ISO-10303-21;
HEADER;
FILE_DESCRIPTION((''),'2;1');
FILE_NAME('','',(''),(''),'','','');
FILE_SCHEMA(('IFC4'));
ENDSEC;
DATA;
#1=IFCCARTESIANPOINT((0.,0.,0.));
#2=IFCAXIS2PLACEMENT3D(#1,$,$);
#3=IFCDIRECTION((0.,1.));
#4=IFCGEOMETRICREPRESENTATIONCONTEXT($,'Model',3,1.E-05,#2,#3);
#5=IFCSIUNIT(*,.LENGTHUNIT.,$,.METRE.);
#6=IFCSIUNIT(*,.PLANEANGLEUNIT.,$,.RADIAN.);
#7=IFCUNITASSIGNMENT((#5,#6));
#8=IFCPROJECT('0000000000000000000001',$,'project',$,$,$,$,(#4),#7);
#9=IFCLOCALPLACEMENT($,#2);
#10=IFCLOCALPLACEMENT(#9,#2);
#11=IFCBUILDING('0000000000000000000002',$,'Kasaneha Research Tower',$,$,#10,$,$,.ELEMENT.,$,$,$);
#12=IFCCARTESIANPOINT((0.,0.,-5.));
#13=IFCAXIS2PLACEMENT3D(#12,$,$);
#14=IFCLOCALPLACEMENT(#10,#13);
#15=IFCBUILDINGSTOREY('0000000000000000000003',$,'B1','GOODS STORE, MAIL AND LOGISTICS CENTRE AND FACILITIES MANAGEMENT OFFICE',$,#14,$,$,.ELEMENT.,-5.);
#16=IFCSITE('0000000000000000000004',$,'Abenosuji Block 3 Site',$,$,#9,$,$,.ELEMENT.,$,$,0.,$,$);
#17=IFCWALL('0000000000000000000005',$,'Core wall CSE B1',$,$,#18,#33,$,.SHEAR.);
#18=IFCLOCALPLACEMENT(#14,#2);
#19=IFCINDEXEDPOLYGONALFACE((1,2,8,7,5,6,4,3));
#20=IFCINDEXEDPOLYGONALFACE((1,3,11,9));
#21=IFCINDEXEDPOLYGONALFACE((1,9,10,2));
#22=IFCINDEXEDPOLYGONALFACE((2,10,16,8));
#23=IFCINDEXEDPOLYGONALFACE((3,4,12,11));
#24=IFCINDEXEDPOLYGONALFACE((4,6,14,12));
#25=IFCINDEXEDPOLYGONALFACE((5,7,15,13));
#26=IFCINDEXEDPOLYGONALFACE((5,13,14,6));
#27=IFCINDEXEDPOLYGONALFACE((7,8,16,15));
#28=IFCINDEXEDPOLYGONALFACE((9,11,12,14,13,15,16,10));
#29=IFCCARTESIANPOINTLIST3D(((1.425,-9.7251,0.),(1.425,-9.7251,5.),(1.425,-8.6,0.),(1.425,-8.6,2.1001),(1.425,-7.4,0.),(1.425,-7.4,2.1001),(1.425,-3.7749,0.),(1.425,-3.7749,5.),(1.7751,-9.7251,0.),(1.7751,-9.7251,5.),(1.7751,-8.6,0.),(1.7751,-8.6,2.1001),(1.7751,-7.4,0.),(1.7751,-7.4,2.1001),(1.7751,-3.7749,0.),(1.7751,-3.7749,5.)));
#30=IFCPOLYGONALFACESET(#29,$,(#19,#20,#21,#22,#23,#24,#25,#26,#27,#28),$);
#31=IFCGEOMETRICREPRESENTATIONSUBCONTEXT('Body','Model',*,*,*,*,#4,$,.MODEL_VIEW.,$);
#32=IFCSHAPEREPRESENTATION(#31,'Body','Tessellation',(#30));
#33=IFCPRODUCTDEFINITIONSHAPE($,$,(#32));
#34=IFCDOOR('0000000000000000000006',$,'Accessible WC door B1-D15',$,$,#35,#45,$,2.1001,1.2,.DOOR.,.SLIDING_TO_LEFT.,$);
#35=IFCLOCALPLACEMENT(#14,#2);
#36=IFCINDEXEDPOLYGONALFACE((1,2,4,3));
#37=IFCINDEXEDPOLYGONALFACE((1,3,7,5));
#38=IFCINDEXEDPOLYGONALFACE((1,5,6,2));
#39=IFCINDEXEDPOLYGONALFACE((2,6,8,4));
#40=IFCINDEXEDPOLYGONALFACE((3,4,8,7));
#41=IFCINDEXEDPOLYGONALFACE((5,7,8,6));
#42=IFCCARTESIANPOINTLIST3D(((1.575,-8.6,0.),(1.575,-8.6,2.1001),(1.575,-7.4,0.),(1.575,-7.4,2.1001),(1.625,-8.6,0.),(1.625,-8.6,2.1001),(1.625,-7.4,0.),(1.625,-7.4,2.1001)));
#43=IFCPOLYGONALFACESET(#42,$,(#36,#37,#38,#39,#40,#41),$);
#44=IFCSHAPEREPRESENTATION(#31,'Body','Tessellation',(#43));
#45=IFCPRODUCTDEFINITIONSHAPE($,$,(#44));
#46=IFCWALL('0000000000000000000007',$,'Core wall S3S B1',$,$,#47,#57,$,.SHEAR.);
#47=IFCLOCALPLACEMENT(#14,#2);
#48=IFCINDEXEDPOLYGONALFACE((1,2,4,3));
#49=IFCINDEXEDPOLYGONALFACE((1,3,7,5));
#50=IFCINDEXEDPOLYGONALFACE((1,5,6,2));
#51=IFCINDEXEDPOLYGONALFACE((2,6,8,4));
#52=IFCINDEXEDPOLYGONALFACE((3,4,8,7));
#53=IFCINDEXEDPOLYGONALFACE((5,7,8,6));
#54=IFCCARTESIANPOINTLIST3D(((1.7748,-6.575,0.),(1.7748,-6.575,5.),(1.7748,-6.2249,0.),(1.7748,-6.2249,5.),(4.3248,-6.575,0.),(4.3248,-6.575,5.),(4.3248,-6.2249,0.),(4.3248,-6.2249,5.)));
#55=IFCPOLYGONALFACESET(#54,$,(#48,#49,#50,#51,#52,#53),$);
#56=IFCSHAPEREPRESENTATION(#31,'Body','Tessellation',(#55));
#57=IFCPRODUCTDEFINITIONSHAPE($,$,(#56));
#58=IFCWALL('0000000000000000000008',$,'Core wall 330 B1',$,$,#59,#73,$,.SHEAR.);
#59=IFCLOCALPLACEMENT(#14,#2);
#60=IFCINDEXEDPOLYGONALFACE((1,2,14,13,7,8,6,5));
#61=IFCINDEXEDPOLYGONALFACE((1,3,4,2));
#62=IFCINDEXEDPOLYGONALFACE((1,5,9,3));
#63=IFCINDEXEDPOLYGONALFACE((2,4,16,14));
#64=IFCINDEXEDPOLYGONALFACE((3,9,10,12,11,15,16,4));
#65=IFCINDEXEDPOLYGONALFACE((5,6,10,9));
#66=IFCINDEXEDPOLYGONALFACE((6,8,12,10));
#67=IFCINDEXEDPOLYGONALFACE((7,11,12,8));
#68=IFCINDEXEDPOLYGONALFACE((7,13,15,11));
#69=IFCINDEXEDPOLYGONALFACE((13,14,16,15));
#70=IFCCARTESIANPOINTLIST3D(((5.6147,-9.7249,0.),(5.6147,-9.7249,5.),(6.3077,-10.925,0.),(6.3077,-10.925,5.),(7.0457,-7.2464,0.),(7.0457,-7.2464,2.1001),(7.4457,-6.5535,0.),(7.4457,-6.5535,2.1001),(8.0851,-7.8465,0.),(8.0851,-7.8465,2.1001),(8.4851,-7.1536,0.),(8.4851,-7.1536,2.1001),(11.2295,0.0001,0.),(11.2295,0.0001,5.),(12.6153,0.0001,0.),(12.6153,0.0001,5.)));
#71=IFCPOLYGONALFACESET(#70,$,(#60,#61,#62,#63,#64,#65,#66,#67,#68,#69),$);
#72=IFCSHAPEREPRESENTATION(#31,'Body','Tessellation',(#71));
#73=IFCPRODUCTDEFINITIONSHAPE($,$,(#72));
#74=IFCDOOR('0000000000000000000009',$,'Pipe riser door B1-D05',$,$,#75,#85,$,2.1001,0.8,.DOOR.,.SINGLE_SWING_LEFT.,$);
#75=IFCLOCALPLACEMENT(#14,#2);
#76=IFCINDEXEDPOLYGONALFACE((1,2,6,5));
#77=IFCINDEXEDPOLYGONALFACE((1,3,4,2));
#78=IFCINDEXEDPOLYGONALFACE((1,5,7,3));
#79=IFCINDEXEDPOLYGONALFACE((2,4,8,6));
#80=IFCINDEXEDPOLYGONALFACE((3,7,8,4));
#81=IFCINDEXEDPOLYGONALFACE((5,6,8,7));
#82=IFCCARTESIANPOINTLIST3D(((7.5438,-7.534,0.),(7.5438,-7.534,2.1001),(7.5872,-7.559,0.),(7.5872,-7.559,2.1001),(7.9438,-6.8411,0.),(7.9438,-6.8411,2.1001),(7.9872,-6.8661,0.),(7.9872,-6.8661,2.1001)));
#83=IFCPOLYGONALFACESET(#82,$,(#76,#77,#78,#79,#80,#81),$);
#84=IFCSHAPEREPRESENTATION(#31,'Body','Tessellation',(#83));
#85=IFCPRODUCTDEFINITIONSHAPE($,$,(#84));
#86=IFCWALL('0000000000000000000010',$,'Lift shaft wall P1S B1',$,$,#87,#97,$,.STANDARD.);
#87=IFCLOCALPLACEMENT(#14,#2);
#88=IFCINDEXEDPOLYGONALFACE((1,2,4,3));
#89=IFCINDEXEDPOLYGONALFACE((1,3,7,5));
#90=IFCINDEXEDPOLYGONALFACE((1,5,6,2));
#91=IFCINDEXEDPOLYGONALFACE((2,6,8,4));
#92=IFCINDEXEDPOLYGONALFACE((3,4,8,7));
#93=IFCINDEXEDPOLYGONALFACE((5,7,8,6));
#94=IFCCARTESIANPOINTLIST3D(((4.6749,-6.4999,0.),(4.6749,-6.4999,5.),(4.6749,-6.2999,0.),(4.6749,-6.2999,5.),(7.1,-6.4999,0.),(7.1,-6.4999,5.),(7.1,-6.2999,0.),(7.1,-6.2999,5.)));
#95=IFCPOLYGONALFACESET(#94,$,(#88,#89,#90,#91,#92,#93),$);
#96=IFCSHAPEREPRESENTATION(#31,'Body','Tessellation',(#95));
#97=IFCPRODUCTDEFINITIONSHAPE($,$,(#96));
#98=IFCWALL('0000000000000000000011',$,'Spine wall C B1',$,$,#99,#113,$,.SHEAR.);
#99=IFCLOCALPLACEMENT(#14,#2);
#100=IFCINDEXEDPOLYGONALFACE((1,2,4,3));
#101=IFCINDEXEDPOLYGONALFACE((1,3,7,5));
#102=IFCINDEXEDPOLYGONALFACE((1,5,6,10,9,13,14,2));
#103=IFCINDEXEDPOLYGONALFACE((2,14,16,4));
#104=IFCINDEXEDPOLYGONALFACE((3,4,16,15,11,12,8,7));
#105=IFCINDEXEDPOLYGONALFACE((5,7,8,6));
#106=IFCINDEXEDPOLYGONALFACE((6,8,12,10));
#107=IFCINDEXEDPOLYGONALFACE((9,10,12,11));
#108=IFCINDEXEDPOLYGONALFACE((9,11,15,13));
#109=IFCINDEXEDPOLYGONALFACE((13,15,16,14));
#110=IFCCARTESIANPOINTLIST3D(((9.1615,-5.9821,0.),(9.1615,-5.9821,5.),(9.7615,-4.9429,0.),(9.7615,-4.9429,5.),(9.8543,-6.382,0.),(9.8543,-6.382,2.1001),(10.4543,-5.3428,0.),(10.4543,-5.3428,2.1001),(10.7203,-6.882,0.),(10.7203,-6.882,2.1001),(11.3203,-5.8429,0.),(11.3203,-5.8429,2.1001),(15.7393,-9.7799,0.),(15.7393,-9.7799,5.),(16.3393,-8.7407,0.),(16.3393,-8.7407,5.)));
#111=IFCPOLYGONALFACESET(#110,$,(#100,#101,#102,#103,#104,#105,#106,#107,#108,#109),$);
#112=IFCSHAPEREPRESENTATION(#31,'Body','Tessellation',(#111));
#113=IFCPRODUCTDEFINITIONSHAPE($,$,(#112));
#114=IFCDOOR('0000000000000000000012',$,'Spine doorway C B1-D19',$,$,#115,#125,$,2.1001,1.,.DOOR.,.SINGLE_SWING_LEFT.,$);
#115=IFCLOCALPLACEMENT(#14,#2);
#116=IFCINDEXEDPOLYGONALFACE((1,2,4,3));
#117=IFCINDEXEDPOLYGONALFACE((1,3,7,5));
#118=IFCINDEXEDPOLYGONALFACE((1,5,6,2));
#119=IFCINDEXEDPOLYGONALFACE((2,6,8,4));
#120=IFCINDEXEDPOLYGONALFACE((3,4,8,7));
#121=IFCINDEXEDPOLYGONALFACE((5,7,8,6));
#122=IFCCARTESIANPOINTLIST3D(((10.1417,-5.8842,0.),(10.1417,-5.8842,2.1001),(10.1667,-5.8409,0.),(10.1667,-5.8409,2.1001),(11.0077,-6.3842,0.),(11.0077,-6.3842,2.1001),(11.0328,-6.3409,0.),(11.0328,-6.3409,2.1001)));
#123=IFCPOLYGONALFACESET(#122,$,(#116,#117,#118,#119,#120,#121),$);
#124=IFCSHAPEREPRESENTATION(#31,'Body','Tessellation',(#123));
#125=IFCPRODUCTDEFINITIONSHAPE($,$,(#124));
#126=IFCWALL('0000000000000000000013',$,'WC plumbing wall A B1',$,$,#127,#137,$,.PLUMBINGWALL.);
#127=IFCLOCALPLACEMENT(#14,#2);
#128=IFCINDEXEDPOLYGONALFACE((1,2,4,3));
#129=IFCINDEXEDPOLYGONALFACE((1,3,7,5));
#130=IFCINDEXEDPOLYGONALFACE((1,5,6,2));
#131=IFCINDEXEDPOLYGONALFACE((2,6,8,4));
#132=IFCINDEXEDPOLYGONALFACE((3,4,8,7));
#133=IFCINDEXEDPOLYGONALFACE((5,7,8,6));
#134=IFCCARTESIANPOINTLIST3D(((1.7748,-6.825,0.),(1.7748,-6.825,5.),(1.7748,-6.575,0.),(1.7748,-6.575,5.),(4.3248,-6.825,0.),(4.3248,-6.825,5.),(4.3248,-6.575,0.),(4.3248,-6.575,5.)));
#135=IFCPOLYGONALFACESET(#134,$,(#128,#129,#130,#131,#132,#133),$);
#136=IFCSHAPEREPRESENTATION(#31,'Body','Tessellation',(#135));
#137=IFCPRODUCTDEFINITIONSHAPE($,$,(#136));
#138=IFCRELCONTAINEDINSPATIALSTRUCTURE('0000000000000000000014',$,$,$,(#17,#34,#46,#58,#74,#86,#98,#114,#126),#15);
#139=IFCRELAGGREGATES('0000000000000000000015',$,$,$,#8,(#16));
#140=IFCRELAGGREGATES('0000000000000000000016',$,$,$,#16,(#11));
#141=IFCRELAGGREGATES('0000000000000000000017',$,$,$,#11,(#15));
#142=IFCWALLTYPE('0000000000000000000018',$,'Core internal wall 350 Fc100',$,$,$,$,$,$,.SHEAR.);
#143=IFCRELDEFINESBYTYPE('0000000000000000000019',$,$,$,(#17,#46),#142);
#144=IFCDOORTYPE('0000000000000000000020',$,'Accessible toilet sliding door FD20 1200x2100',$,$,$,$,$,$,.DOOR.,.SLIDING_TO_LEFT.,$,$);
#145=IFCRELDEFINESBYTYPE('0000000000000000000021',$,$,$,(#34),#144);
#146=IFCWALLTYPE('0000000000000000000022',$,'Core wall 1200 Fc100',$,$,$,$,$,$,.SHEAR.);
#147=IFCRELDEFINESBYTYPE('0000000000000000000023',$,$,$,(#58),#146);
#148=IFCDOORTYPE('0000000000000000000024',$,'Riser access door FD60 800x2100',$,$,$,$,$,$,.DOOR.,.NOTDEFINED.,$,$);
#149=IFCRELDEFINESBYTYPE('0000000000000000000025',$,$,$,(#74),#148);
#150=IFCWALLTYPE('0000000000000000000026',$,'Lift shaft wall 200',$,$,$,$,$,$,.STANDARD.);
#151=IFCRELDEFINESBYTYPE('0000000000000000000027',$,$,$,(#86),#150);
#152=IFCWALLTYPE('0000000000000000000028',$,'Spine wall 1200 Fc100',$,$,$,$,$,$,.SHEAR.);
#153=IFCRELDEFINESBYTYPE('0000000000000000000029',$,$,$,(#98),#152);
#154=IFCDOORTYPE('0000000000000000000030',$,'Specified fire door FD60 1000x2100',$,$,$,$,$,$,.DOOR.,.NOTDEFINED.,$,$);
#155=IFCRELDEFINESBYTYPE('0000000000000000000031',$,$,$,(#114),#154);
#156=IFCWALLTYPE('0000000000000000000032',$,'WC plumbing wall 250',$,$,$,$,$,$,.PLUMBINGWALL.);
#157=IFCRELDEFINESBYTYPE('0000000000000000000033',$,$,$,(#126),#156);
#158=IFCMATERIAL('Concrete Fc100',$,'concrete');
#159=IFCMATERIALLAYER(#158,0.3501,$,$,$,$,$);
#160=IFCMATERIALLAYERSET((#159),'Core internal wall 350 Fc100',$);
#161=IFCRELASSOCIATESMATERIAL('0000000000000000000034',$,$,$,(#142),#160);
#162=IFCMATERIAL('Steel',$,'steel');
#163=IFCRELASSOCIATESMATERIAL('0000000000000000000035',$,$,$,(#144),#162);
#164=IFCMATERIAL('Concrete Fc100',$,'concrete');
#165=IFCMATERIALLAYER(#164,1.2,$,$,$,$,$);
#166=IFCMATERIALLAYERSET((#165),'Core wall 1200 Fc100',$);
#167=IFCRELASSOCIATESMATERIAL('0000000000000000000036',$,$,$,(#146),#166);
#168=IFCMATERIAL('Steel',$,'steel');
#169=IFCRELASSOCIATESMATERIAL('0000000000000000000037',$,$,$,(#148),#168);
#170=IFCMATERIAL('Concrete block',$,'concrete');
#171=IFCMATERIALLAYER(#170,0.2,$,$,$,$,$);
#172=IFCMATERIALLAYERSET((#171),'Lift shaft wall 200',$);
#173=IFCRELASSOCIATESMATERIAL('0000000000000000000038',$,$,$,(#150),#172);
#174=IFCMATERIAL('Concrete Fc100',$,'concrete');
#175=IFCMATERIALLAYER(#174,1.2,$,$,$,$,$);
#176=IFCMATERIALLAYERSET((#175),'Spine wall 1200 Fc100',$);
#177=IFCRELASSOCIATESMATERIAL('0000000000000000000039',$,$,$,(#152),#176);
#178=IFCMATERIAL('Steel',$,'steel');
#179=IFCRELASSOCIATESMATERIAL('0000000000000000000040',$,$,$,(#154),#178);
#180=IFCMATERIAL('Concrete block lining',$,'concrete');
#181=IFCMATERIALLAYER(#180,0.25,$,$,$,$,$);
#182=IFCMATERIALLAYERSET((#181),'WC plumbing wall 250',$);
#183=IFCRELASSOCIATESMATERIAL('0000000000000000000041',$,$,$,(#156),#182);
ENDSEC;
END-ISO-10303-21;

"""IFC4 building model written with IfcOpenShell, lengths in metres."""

from ifc_helpers import new_model, si_unit, direction, frame, frame_2d, origin, place, context, subcontext, project, spatial, polyline, rectangle, outline, extrude, material, layer, layer_set, type_object, element, fill, save


model = new_model("IFC4")

# Units and contexts
model_context = context("Model", 3, precision=1e-05, world=origin(), true_north=direction((0.0, 1.0)))
body_context = subcontext(model_context, "Body", "Model", "MODEL_VIEW")
ifc_project = project(units=[si_unit("LENGTHUNIT", "METRE"), si_unit("PLANEANGLEUNIT", "RADIAN")], contexts=[model_context])

# Site, building, storey
site_placement = place(None, origin())
site = spatial("IfcSite", under=ifc_project, at=site_placement, Name="Abenosuji Block 3 Site", CompositionType="ELEMENT", RefElevation=0.0)
building_placement = place(site_placement, origin())
building = spatial("IfcBuilding", under=site, at=building_placement, Name="Kasaneha Research Tower", CompositionType="ELEMENT")
storey_placement = place(building_placement, frame((0.0, 0.0, -5.0)))
storey = spatial("IfcBuildingStorey", under=building, at=storey_placement, Name="B1", Description="GOODS STORE, MAIL AND LOGISTICS CENTRE AND FACILITIES MANAGEMENT OFFICE", CompositionType="ELEMENT", Elevation=-5.0)

# Wall, opening, door
ifc_material_1 = material(Name="Concrete Fc100", Category="concrete")
ifc_layer_1 = layer(ifc_material_1, 0.3501)
ifc_layer_set_1 = layer_set([ifc_layer_1], Name="Core internal wall 350 Fc100")
wall_type_1 = type_object("IfcWallType", Name="Core internal wall 350 Fc100", PredefinedType="SHEAR", material=ifc_layer_set_1)
wall_1_placement = place(storey_placement, frame((1.6001, -3.7749, 0.0), z_axis=(0.0, 0.0, 1.0), x_axis=(0.0, -1.0, 0.0)))
wall_1 = element("IfcWall", 1, at=wall_1_placement, inside=storey, type_object=wall_type_1, Name="Core wall CSE B1", PredefinedType="SHEAR", context=body_context, shape_type="SweptSolid", body=[
    extrude(rectangle(XDim=5.9502, YDim=0.3501, at=frame_2d((2.9751, 0.0))), origin(), (0.0, 0.0, 1.0), 5.0),
])
opening_1_placement = place(wall_1_placement, frame((3.625, 0.0, 0.0)))
opening_1 = element("IfcOpeningElement", 2, at=opening_1_placement, cuts=wall_1, PredefinedType="OPENING", context=body_context, shape_type="SweptSolid", body=[
    extrude(rectangle(XDim=1.2, YDim=2.1001, at=frame_2d((0.6001, 1.05))), frame((0.0, 0.1851, 0.0), z_axis=(0.0, -1.0, 0.0), x_axis=(1.0, 0.0, 0.0)), (0.0, 0.0, 1.0), 0.3701),
])
ifc_material_2 = material(Name="Steel", Category="steel")
door_type_1 = type_object("IfcDoorType", Name="Accessible toilet sliding door FD20 1200x2100", OperationType="SLIDING_TO_LEFT", PredefinedType="DOOR", material=ifc_material_2)
door_1_placement = place(opening_1_placement, origin())
door_1 = element("IfcDoor", 3, at=door_1_placement, inside=storey, type_object=door_type_1, Name="Accessible WC door B1-D15", OperationType="SLIDING_TO_LEFT", OverallHeight=2.1001, OverallWidth=1.2, PredefinedType="DOOR", context=body_context, shape_type="SweptSolid", body=[
    extrude(rectangle(XDim=1.2, YDim=2.1001, at=frame_2d((0.6001, 1.05))), frame((0.0, 0.0249, 0.0), z_axis=(0.0, -1.0, 0.0), x_axis=(1.0, 0.0, 0.0)), (0.0, 0.0, 1.0), 0.05),
])
fill(opening_1, door_1)

# Wall
wall_2_placement = place(storey_placement, frame((1.7749, -6.3999, 0.0), z_axis=(0.0, 0.0, 1.0), x_axis=(1.0, 0.0, 0.0)))
element("IfcWall", 4, at=wall_2_placement, inside=storey, type_object=wall_type_1, Name="Core wall S3S B1", PredefinedType="SHEAR", context=body_context, shape_type="SweptSolid", body=[
    extrude(rectangle(XDim=2.55, YDim=0.3501, at=frame_2d((1.2749, 0.0))), origin(), (0.0, 0.0, 1.0), 5.0),
])

# Wall, opening, door
ifc_material_3 = material(Name="Concrete Fc100", Category="concrete")
ifc_layer_2 = layer(ifc_material_3, 1.2)
ifc_layer_set_2 = layer_set([ifc_layer_2], Name="Core wall 1200 Fc100")
wall_type_2 = type_object("IfcWallType", Name="Core wall 1200 Fc100", PredefinedType="SHEAR", material=ifc_layer_set_2)
wall_3_placement = place(storey_placement, frame((5.9612, -10.325, 0.0), z_axis=(0.0, 0.0, 1.0), x_axis=(0.500004, 0.866023, 0.0)))
wall_3 = element("IfcWall", 5, at=wall_3_placement, inside=storey, type_object=wall_type_2, Name="Core wall 330 B1", PredefinedType="SHEAR", context=body_context, shape_type="SweptSolid", body=[
    extrude(outline(polyline([(-0.3464, -0.6001), (3.2085, -0.6001), (4.0085, -0.6001), (12.2688, -0.6001), (11.5759, 0.6001), (4.0085, 0.6001), (3.2085, 0.6001), (0.3464, 0.6001), (-0.3464, -0.6001)])), origin(), (0.0, 0.0, 1.0), 5.0),
])
opening_2_placement = place(wall_3_placement, frame((3.2085, 0.0, 0.0)))
opening_2 = element("IfcOpeningElement", 6, at=opening_2_placement, cuts=wall_3, PredefinedType="OPENING", context=body_context, shape_type="SweptSolid", body=[
    extrude(rectangle(XDim=0.8, YDim=2.1001, at=frame_2d((0.3999, 1.05))), frame((0.0, 0.6099, 0.0), z_axis=(0.0, -1.0, 0.0), x_axis=(1.0, 0.0, 0.0)), (0.0, 0.0, 1.0), 1.22),
])
ifc_material_4 = material(Name="Steel", Category="steel")
door_type_2 = type_object("IfcDoorType", Name="Riser access door FD60 800x2100", OperationType="NOTDEFINED", PredefinedType="DOOR", material=ifc_material_4)
door_2_placement = place(opening_2_placement, origin())
door_2 = element("IfcDoor", 7, at=door_2_placement, inside=storey, type_object=door_type_2, Name="Pipe riser door B1-D05", OperationType="SINGLE_SWING_LEFT", OverallHeight=2.1001, OverallWidth=0.8, PredefinedType="DOOR", context=body_context, shape_type="SweptSolid", body=[
    extrude(rectangle(XDim=0.8, YDim=2.1001, at=frame_2d((0.3999, 1.05))), frame((0.0, 0.0249, 0.0), z_axis=(0.0, -1.0, 0.0), x_axis=(1.0, 0.0, 0.0)), (0.0, 0.0, 1.0), 0.05),
])
fill(opening_2, door_2)

# Wall
ifc_material_5 = material(Name="Concrete block", Category="concrete")
ifc_layer_3 = layer(ifc_material_5, 0.2)
ifc_layer_set_3 = layer_set([ifc_layer_3], Name="Lift shaft wall 200")
wall_type_3 = type_object("IfcWallType", Name="Lift shaft wall 200", PredefinedType="STANDARD", material=ifc_layer_set_3)
wall_4_placement = place(storey_placement, frame((4.675, -6.3999, 0.0), z_axis=(0.0, 0.0, 1.0), x_axis=(1.0, 0.0, 0.0)))
element("IfcWall", 8, at=wall_4_placement, inside=storey, type_object=wall_type_3, Name="Lift shaft wall P1S B1", PredefinedType="STANDARD", context=body_context, shape_type="SweptSolid", body=[
    extrude(rectangle(XDim=2.425, YDim=0.2, at=frame_2d((1.2124, 0.0))), origin(), (0.0, 0.0, 1.0), 5.0),
])

# Wall, opening, door
ifc_material_6 = material(Name="Concrete Fc100", Category="concrete")
ifc_layer_4 = layer(ifc_material_6, 1.2)
ifc_layer_set_4 = layer_set([ifc_layer_4], Name="Spine wall 1200 Fc100")
wall_type_4 = type_object("IfcWallType", Name="Spine wall 1200 Fc100", PredefinedType="SHEAR", material=ifc_layer_set_4)
wall_5_placement = place(storey_placement, frame((9.4614, -5.4624, 0.0), z_axis=(0.0, 0.0, 1.0), x_axis=(0.866019, -0.500011, 0.0)))
wall_5 = element("IfcWall", 9, at=wall_5_placement, inside=storey, type_object=wall_type_4, Name="Spine wall C B1", PredefinedType="SHEAR", context=body_context, shape_type="SweptSolid", body=[
    extrude(rectangle(XDim=7.5955, YDim=1.2, at=frame_2d((3.7979, 0.0))), origin(), (0.0, 0.0, 1.0), 5.0),
])
opening_3_placement = place(wall_5_placement, frame((0.8, 0.0, 0.0)))
opening_3 = element("IfcOpeningElement", 10, at=opening_3_placement, cuts=wall_5, PredefinedType="OPENING", context=body_context, shape_type="SweptSolid", body=[
    extrude(rectangle(XDim=1.0, YDim=2.1001, at=frame_2d((0.5, 1.05))), frame((0.0, 0.6099, 0.0), z_axis=(0.0, -1.0, 0.0), x_axis=(1.0, 0.0, 0.0)), (0.0, 0.0, 1.0), 1.22),
])
ifc_material_7 = material(Name="Steel", Category="steel")
door_type_3 = type_object("IfcDoorType", Name="Specified fire door FD60 1000x2100", OperationType="NOTDEFINED", PredefinedType="DOOR", material=ifc_material_7)
door_3_placement = place(opening_3_placement, origin())
door_3 = element("IfcDoor", 11, at=door_3_placement, inside=storey, type_object=door_type_3, Name="Spine doorway C B1-D19", OperationType="SINGLE_SWING_LEFT", OverallHeight=2.1001, OverallWidth=1.0, PredefinedType="DOOR", context=body_context, shape_type="SweptSolid", body=[
    extrude(rectangle(XDim=1.0, YDim=2.1001, at=frame_2d((0.5, 1.05))), frame((0.0, 0.0249, 0.0), z_axis=(0.0, -1.0, 0.0), x_axis=(1.0, 0.0, 0.0)), (0.0, 0.0, 1.0), 0.05),
])
fill(opening_3, door_3)

# Wall
ifc_material_8 = material(Name="Concrete block lining", Category="concrete")
ifc_layer_5 = layer(ifc_material_8, 0.25)
ifc_layer_set_5 = layer_set([ifc_layer_5], Name="WC plumbing wall 250")
wall_type_5 = type_object("IfcWallType", Name="WC plumbing wall 250", PredefinedType="PLUMBINGWALL", material=ifc_layer_set_5)
wall_6_placement = place(storey_placement, frame((1.7749, -6.7, 0.0), z_axis=(0.0, 0.0, 1.0), x_axis=(1.0, 0.0, 0.0)))
element("IfcWall", 12, at=wall_6_placement, inside=storey, type_object=wall_type_5, Name="WC plumbing wall A B1", PredefinedType="PLUMBINGWALL", context=body_context, shape_type="SweptSolid", body=[
    extrude(rectangle(XDim=2.55, YDim=0.25, at=frame_2d((1.2749, 0.0))), origin(), (0.0, 0.0, 1.0), 5.0),
])

save(model, "model.ifc")
